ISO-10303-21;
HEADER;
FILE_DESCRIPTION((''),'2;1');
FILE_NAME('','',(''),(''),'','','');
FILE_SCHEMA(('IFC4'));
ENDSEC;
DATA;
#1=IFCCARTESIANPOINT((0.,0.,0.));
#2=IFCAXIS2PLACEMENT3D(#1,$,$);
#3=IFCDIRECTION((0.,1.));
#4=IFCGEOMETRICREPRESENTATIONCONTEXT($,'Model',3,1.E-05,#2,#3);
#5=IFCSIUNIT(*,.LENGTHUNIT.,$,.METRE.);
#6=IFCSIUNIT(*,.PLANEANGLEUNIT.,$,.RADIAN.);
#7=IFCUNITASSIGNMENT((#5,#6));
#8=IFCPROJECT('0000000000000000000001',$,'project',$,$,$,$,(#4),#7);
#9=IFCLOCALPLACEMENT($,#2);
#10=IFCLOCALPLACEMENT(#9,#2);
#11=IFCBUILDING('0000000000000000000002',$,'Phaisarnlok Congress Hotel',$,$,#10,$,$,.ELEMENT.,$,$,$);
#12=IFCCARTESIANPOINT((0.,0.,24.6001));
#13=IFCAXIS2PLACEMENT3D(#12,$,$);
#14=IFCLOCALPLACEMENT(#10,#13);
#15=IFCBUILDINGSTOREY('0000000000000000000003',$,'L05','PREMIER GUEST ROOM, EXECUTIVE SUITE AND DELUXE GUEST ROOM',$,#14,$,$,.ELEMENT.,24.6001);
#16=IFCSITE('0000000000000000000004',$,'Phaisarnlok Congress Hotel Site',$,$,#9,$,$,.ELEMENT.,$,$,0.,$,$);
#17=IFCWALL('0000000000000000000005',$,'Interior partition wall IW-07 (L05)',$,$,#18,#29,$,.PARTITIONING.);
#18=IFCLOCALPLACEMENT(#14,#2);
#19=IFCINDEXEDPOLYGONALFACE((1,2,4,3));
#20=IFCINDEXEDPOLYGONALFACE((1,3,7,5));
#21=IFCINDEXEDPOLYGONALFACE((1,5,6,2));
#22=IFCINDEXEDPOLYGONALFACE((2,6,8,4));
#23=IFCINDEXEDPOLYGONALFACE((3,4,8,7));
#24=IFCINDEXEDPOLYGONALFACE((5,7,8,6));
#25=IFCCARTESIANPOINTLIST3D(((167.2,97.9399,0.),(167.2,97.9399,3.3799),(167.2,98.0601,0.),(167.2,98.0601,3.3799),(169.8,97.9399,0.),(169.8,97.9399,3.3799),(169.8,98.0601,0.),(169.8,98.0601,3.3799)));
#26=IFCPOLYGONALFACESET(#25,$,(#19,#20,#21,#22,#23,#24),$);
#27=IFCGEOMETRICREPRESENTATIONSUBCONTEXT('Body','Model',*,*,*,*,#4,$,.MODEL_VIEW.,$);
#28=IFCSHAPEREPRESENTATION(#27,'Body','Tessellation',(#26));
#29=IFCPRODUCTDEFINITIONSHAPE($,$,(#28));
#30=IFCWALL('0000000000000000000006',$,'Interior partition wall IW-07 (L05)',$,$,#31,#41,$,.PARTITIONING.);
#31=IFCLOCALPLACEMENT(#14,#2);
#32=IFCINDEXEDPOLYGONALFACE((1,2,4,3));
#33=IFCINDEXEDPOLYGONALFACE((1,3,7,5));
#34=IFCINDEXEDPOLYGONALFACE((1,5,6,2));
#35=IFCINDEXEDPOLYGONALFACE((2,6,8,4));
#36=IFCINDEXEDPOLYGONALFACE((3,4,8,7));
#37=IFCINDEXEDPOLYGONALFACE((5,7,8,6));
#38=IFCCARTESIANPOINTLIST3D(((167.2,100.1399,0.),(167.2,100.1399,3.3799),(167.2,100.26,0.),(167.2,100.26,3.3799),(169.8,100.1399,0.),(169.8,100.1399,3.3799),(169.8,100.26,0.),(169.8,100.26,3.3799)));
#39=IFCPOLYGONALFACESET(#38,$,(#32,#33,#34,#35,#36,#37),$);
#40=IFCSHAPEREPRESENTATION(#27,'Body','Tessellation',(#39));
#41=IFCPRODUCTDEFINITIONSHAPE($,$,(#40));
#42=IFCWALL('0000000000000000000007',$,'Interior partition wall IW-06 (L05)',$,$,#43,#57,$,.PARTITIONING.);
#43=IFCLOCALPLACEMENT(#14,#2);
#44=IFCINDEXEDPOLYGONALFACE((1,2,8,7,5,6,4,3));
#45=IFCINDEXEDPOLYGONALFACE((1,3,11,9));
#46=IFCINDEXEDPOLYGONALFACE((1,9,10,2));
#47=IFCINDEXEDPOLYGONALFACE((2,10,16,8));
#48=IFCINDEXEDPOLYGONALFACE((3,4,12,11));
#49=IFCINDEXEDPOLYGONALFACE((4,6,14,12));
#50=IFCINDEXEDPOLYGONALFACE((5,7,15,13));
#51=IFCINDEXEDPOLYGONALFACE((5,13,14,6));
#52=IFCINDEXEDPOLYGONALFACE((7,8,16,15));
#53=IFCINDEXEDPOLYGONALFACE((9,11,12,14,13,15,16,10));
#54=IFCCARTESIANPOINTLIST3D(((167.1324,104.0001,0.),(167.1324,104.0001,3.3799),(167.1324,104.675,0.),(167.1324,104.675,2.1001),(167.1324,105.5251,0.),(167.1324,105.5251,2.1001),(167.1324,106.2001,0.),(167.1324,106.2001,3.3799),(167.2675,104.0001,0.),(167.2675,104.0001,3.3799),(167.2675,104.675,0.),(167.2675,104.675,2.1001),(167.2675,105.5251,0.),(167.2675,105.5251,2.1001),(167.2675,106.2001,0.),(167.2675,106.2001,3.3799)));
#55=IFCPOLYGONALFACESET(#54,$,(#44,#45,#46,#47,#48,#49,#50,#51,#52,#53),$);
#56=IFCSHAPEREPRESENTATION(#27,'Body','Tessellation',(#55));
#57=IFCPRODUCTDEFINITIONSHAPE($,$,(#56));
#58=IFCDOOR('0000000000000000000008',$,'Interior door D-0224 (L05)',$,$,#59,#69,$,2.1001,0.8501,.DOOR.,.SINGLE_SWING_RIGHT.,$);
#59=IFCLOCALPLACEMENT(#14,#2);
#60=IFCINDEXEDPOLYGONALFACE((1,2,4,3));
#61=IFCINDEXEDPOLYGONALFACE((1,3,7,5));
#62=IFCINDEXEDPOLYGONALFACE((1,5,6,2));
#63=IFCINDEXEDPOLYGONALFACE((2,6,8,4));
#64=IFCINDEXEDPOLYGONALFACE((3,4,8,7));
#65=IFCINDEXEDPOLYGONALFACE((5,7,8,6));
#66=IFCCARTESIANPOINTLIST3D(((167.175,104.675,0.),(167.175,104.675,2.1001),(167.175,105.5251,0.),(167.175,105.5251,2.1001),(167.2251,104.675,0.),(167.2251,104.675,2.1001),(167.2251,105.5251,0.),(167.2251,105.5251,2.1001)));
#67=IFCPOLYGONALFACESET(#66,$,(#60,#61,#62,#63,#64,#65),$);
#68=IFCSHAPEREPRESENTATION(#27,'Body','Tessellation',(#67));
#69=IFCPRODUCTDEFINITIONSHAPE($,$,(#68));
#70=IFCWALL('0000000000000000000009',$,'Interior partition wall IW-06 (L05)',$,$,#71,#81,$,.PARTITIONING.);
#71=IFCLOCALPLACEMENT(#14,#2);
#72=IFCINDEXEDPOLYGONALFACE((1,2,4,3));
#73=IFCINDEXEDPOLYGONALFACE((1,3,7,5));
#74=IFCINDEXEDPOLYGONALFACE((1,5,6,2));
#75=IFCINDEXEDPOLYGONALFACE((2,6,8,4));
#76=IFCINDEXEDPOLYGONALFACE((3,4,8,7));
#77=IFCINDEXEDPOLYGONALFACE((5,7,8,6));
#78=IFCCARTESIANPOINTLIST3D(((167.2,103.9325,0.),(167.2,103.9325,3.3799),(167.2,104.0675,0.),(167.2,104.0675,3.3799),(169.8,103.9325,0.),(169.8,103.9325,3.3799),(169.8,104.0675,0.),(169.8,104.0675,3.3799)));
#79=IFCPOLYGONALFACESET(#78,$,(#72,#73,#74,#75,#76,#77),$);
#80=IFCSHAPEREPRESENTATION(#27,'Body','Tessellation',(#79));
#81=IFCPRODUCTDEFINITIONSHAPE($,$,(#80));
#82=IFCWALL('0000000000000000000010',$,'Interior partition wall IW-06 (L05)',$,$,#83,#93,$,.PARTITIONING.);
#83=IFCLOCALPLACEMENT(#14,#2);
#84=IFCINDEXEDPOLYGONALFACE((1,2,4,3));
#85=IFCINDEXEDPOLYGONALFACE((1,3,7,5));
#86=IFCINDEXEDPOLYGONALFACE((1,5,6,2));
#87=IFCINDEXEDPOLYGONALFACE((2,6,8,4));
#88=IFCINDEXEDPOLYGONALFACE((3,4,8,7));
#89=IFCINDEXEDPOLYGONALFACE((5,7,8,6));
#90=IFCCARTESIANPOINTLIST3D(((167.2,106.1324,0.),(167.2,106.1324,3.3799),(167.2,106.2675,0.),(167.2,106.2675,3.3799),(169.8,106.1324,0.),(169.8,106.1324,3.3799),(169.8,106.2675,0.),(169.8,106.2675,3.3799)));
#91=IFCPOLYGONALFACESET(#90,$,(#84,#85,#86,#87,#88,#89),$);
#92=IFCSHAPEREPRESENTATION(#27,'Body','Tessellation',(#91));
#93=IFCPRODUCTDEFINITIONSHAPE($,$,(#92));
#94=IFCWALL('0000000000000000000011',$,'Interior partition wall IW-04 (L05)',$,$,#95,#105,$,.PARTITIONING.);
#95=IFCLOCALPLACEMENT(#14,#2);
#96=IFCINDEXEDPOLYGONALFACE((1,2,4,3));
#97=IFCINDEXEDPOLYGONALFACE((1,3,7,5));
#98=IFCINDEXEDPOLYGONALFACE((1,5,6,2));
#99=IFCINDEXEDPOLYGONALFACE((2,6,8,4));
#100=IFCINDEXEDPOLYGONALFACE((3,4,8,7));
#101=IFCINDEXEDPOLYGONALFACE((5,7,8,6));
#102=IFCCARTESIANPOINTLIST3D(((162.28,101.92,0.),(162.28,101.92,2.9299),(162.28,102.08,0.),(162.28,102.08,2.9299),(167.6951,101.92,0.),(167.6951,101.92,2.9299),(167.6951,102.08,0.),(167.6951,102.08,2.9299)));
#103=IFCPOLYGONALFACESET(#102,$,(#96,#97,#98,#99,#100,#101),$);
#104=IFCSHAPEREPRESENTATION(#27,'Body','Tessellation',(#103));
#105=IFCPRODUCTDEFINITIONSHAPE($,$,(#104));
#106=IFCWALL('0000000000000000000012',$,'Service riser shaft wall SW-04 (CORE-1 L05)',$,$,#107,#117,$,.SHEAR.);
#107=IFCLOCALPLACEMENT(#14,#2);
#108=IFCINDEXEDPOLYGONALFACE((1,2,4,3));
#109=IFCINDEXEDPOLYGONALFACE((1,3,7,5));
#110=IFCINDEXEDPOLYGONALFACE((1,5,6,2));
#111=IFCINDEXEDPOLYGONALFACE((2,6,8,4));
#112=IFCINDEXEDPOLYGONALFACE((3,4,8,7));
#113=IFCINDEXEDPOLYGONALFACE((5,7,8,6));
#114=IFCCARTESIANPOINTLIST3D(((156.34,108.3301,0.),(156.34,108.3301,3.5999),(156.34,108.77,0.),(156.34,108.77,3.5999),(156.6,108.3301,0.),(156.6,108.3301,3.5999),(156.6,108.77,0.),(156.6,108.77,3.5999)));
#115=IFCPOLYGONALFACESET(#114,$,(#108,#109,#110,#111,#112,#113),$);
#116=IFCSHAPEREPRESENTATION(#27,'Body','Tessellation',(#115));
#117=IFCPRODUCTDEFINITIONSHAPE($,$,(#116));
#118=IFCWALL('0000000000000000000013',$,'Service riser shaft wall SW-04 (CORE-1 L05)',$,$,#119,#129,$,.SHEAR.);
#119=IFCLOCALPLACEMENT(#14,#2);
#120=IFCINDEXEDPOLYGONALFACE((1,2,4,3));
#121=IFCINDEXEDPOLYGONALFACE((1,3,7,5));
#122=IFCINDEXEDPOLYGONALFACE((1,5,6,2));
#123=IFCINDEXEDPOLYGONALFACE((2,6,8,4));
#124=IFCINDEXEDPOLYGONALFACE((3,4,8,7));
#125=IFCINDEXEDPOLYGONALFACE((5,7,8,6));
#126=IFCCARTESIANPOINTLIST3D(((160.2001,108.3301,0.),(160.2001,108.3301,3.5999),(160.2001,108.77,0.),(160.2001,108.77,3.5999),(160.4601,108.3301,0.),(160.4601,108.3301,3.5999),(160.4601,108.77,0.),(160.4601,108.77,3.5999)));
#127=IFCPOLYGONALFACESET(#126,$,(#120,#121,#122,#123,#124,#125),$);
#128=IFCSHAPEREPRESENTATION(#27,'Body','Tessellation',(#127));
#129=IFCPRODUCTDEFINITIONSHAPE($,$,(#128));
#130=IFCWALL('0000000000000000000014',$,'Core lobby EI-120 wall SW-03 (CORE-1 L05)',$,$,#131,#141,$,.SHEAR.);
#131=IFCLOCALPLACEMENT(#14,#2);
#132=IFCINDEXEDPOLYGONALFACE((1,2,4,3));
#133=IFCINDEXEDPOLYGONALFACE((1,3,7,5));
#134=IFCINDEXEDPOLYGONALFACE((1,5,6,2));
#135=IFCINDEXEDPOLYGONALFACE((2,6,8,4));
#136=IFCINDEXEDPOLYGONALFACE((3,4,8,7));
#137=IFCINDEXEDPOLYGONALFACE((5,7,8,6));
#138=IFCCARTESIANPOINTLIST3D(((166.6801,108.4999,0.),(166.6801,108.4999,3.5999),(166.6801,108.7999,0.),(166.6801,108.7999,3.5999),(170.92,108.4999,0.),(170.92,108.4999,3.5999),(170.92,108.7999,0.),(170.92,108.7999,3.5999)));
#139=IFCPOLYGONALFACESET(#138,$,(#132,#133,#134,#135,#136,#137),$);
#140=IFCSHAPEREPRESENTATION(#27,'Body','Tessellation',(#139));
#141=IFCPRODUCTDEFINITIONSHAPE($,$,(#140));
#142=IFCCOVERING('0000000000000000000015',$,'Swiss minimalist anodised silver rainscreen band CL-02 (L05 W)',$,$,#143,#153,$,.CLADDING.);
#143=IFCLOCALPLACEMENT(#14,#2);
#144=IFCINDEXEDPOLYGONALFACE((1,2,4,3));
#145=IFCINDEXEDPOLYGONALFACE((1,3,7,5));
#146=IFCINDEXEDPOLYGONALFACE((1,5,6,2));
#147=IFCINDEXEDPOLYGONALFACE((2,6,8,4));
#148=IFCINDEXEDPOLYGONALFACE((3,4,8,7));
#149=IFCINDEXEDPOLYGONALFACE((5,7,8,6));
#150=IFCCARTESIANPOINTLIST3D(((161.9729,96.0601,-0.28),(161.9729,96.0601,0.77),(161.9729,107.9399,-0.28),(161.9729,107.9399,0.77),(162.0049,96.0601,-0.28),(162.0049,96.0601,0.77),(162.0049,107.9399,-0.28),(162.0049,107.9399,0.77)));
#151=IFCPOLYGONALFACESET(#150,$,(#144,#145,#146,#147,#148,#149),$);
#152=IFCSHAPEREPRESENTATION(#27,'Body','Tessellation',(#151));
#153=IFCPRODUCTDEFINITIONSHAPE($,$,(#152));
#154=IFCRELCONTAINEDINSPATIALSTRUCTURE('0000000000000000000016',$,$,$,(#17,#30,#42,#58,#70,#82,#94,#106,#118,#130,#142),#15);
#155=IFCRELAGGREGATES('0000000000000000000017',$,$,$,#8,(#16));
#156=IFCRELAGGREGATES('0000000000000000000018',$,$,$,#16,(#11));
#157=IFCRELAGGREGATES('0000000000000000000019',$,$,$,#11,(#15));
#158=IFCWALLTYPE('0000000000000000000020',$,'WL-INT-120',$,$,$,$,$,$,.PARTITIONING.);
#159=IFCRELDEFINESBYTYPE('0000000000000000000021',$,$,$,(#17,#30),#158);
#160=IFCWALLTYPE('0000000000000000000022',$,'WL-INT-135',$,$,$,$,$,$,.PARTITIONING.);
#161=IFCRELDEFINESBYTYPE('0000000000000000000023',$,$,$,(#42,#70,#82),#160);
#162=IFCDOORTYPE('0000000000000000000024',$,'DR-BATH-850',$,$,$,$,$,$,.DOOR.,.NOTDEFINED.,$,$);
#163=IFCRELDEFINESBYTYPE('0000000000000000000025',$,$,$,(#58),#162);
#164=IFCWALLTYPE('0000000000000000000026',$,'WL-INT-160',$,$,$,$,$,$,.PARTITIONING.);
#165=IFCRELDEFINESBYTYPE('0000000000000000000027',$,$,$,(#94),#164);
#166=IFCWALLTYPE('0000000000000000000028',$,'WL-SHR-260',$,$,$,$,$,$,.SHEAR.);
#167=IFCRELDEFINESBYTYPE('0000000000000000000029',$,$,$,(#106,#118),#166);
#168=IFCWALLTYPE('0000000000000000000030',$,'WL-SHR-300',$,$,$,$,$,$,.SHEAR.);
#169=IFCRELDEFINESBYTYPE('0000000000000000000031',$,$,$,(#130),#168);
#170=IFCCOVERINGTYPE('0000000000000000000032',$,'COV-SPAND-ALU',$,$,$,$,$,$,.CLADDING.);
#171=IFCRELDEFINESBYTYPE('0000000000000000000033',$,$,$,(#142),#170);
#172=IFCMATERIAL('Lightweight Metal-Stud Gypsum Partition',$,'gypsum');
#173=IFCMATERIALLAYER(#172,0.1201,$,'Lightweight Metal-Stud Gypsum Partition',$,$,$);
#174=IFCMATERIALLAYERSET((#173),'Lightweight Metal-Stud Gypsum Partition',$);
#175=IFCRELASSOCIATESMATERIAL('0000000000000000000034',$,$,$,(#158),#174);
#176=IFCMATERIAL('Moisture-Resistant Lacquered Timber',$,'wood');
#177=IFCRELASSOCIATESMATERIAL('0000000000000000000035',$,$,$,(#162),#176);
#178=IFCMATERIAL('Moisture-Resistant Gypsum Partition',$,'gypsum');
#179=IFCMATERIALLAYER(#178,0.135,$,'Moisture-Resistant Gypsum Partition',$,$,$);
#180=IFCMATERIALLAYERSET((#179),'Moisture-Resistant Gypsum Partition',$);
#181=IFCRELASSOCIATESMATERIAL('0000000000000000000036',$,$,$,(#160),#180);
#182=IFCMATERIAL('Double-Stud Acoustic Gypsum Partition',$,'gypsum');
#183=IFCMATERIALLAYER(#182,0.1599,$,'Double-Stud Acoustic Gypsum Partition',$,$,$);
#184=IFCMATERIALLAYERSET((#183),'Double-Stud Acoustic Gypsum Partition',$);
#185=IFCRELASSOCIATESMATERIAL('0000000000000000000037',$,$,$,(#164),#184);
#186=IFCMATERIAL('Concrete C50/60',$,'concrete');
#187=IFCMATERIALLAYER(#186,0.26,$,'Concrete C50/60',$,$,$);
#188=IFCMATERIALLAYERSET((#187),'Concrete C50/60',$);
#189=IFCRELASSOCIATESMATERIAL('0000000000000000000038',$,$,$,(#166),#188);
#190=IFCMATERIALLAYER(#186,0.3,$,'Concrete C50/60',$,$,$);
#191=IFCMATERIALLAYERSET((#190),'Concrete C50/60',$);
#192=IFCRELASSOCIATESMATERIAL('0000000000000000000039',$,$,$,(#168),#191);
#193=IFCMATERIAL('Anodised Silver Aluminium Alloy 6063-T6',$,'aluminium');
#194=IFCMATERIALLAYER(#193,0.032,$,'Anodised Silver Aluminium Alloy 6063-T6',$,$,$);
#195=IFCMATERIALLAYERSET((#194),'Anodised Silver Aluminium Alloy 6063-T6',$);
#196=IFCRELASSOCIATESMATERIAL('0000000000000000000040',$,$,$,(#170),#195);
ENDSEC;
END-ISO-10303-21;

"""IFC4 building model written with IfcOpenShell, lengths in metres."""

from ifc_helpers import new_model, si_unit, direction, frame, frame_2d, origin, place, context, subcontext, project, spatial, polyline, rectangle, outline, extrude, material, layer, layer_set, type_object, element, fill, save


model = new_model("IFC4")

# Units and contexts
model_context = context("Model", 3, precision=1e-05, world=origin(), true_north=direction((0.0, 1.0)))
body_context = subcontext(model_context, "Body", "Model", "MODEL_VIEW")
ifc_project = project(units=[si_unit("LENGTHUNIT", "METRE"), si_unit("PLANEANGLEUNIT", "RADIAN")], contexts=[model_context])

# Site, building, storey
site_placement = place(None, origin())
site = spatial("IfcSite", under=ifc_project, at=site_placement, Name="Phaisarnlok Congress Hotel Site", CompositionType="ELEMENT", RefElevation=0.0)
building_placement = place(site_placement, origin())
building = spatial("IfcBuilding", under=site, at=building_placement, Name="Phaisarnlok Congress Hotel", CompositionType="ELEMENT")
storey_placement = place(building_placement, frame((0.0, 0.0, 24.6001)))
storey = spatial("IfcBuildingStorey", under=building, at=storey_placement, Name="L05", Description="PREMIER GUEST ROOM, EXECUTIVE SUITE AND DELUXE GUEST ROOM", CompositionType="ELEMENT", Elevation=24.6001)

# Shared definitions
ifc_material_1 = material(Name="Concrete C50/60", Category="concrete")

# Shared definitions
ifc_material_2 = material(Name="Lightweight Metal-Stud Gypsum Partition", Category="gypsum")
ifc_layer_1 = layer(ifc_material_2, 0.1201, Name="Lightweight Metal-Stud Gypsum Partition")
ifc_layer_set_1 = layer_set([ifc_layer_1], Name="Lightweight Metal-Stud Gypsum Partition")
wall_type_1 = type_object("IfcWallType", Name="WL-INT-120", PredefinedType="PARTITIONING", material=ifc_layer_set_1)
ifc_material_3 = material(Name="Moisture-Resistant Lacquered Timber", Category="wood")
door_type = type_object("IfcDoorType", Name="DR-BATH-850", OperationType="NOTDEFINED", PredefinedType="DOOR", material=ifc_material_3)

# Walls
for number, where, z_axis, x_axis, name in (
    (1, (167.2, 98.0, 0.0), (0.0, 0.0, 1.0), (1.0, 0.0, 0.0), "Interior partition wall IW-07 (L05)"),
    (2, (167.2, 100.2, 0.0), (0.0, 0.0, 1.0), (1.0, 0.0, 0.0), "Interior partition wall IW-07 (L05)"),
):
    element("IfcWall", number, at=place(storey_placement, frame(where, z_axis=z_axis, x_axis=x_axis)), inside=storey, type_object=wall_type_1, Name=name, PredefinedType="PARTITIONING", context=body_context, shape_type="SweptSolid", body=[
        extrude(rectangle(XDim=2.6001, YDim=0.1201, at=frame_2d((1.3, 0.0))), origin(), (0.0, 0.0, 1.0), 3.3799),
    ])

# Wall, opening, door
ifc_material_4 = material(Name="Moisture-Resistant Gypsum Partition", Category="gypsum")
ifc_layer_2 = layer(ifc_material_4, 0.135, Name="Moisture-Resistant Gypsum Partition")
ifc_layer_set_2 = layer_set([ifc_layer_2], Name="Moisture-Resistant Gypsum Partition")
wall_type_2 = type_object("IfcWallType", Name="WL-INT-135", PredefinedType="PARTITIONING", material=ifc_layer_set_2)
wall_1_placement = place(storey_placement, frame((167.2, 104.0, 0.0), z_axis=(0.0, 0.0, 1.0), x_axis=(0.0, 1.0, 0.0)))
wall_1 = element("IfcWall", 3, at=wall_1_placement, inside=storey, type_object=wall_type_2, Name="Interior partition wall IW-06 (L05)", PredefinedType="PARTITIONING", context=body_context, shape_type="SweptSolid", body=[
    extrude(rectangle(XDim=2.2, YDim=0.135, at=frame_2d((1.1001, 0.0))), origin(), (0.0, 0.0, 1.0), 3.3799),
])
opening_1_placement = place(wall_1_placement, frame((0.675, 0.0, 0.0)))
opening_1 = element("IfcOpeningElement", 4, at=opening_1_placement, cuts=wall_1, PredefinedType="OPENING", context=body_context, shape_type="SweptSolid", body=[
    extrude(rectangle(XDim=0.8501, YDim=2.1001, at=frame_2d((0.425, 1.05))), frame((0.0, 0.0776, 0.0), z_axis=(0.0, -1.0, 0.0), x_axis=(1.0, 0.0, 0.0)), (0.0, 0.0, 1.0), 0.155),
])
door_1_placement = place(opening_1_placement, origin())
door_1 = element("IfcDoor", 5, at=door_1_placement, inside=storey, type_object=door_type, Name="Interior door D-0224 (L05)", OperationType="SINGLE_SWING_RIGHT", OverallHeight=2.1001, OverallWidth=0.8501, PredefinedType="DOOR", context=body_context, shape_type="SweptSolid", body=[
    extrude(rectangle(XDim=0.8501, YDim=2.1001, at=frame_2d((0.425, 1.05))), frame((0.0, 0.0249, 0.0), z_axis=(0.0, -1.0, 0.0), x_axis=(1.0, 0.0, 0.0)), (0.0, 0.0, 1.0), 0.05),
])
fill(opening_1, door_1)

# Walls
for number, where, z_axis, x_axis, name in (
    (6, (167.2, 104.0, 0.0), (0.0, 0.0, 1.0), (1.0, 0.0, 0.0), "Interior partition wall IW-06 (L05)"),
    (7, (167.2, 106.2, 0.0), (0.0, 0.0, 1.0), (1.0, 0.0, 0.0), "Interior partition wall IW-06 (L05)"),
):
    element("IfcWall", number, at=place(storey_placement, frame(where, z_axis=z_axis, x_axis=x_axis)), inside=storey, type_object=wall_type_2, Name=name, PredefinedType="PARTITIONING", context=body_context, shape_type="SweptSolid", body=[
        extrude(rectangle(XDim=2.6001, YDim=0.135, at=frame_2d((1.3, 0.0))), origin(), (0.0, 0.0, 1.0), 3.3799),
    ])
ifc_material_5 = material(Name="Double-Stud Acoustic Gypsum Partition", Category="gypsum")
ifc_layer_3 = layer(ifc_material_5, 0.1599, Name="Double-Stud Acoustic Gypsum Partition")
ifc_layer_set_3 = layer_set([ifc_layer_3], Name="Double-Stud Acoustic Gypsum Partition")
wall_type_3 = type_object("IfcWallType", Name="WL-INT-160", PredefinedType="PARTITIONING", material=ifc_layer_set_3)
wall_2_placement = place(storey_placement, frame((162.28, 102.0, 0.0), z_axis=(0.0, 0.0, 1.0), x_axis=(1.0, 0.0, 0.0)))
element("IfcWall", 8, at=wall_2_placement, inside=storey, type_object=wall_type_3, Name="Interior partition wall IW-04 (L05)", PredefinedType="PARTITIONING", context=body_context, shape_type="SweptSolid", body=[
    extrude(rectangle(XDim=5.415, YDim=0.1599, at=frame_2d((2.7075, 0.0))), origin(), (0.0, 0.0, 1.0), 2.9299),
])
ifc_layer_4 = layer(ifc_material_1, 0.26, Name="Concrete C50/60")
ifc_layer_set_4 = layer_set([ifc_layer_4], Name="Concrete C50/60")
wall_type_4 = type_object("IfcWallType", Name="WL-SHR-260", PredefinedType="SHEAR", material=ifc_layer_set_4)
for number, where, z_axis, x_axis, name in (
    (9, (156.47, 108.3301, 0.0), (0.0, 0.0, 1.0), (0.0, 1.0, 0.0), "Service riser shaft wall SW-04 (CORE-1 L05)"),
    (10, (160.3301, 108.3301, 0.0), (0.0, 0.0, 1.0), (0.0, 1.0, 0.0), "Service riser shaft wall SW-04 (CORE-1 L05)"),
):
    element("IfcWall", number, at=place(storey_placement, frame(where, z_axis=z_axis, x_axis=x_axis)), inside=storey, type_object=wall_type_4, Name=name, PredefinedType="SHEAR", context=body_context, shape_type="SweptSolid", body=[
        extrude(rectangle(XDim=0.4399, YDim=0.26, at=frame_2d((0.22, 0.0))), origin(), (0.0, 0.0, 1.0), 3.5999),
    ])
ifc_layer_5 = layer(ifc_material_1, 0.3, Name="Concrete C50/60")
ifc_layer_set_5 = layer_set([ifc_layer_5], Name="Concrete C50/60")
wall_type_5 = type_object("IfcWallType", Name="WL-SHR-300", PredefinedType="SHEAR", material=ifc_layer_set_5)
wall_3_placement = place(storey_placement, frame((166.6799, 108.6499, 0.0), z_axis=(0.0, 0.0, 1.0), x_axis=(1.0, 0.0, 0.0)))
element("IfcWall", 11, at=wall_3_placement, inside=storey, type_object=wall_type_5, Name="Core lobby EI-120 wall SW-03 (CORE-1 L05)", PredefinedType="SHEAR", context=body_context, shape_type="SweptSolid", body=[
    extrude(rectangle(XDim=4.24, YDim=0.3, at=frame_2d((2.1201, 0.0))), origin(), (0.0, 0.0, 1.0), 3.5999),
])

# Covering
ifc_material_6 = material(Name="Anodised Silver Aluminium Alloy 6063-T6", Category="aluminium")
ifc_layer_6 = layer(ifc_material_6, 0.032, Name="Anodised Silver Aluminium Alloy 6063-T6")
ifc_layer_set_6 = layer_set([ifc_layer_6], Name="Anodised Silver Aluminium Alloy 6063-T6")
covering_type = type_object("IfcCoveringType", Name="COV-SPAND-ALU", PredefinedType="CLADDING", material=ifc_layer_set_6)
covering_placement = place(storey_placement, frame((162.0049, 107.9399, -0.28), z_axis=(-1.0, 0.0, 0.0), x_axis=(0.0, -1.0, 0.0)))
element("IfcCovering", 12, at=covering_placement, inside=storey, type_object=covering_type, Name="Swiss minimalist anodised silver rainscreen band CL-02 (L05 W)", PredefinedType="CLADDING", context=body_context, shape_type="SweptSolid", body=[
    extrude(outline(polyline([(0.0, 0.0), (11.8799, 0.0), (11.8799, 1.05), (0.0, 1.05), (0.0, 0.0)])), origin(), (0.0, 0.0, 1.0), 0.032),
])

save(model, "model.ifc")
